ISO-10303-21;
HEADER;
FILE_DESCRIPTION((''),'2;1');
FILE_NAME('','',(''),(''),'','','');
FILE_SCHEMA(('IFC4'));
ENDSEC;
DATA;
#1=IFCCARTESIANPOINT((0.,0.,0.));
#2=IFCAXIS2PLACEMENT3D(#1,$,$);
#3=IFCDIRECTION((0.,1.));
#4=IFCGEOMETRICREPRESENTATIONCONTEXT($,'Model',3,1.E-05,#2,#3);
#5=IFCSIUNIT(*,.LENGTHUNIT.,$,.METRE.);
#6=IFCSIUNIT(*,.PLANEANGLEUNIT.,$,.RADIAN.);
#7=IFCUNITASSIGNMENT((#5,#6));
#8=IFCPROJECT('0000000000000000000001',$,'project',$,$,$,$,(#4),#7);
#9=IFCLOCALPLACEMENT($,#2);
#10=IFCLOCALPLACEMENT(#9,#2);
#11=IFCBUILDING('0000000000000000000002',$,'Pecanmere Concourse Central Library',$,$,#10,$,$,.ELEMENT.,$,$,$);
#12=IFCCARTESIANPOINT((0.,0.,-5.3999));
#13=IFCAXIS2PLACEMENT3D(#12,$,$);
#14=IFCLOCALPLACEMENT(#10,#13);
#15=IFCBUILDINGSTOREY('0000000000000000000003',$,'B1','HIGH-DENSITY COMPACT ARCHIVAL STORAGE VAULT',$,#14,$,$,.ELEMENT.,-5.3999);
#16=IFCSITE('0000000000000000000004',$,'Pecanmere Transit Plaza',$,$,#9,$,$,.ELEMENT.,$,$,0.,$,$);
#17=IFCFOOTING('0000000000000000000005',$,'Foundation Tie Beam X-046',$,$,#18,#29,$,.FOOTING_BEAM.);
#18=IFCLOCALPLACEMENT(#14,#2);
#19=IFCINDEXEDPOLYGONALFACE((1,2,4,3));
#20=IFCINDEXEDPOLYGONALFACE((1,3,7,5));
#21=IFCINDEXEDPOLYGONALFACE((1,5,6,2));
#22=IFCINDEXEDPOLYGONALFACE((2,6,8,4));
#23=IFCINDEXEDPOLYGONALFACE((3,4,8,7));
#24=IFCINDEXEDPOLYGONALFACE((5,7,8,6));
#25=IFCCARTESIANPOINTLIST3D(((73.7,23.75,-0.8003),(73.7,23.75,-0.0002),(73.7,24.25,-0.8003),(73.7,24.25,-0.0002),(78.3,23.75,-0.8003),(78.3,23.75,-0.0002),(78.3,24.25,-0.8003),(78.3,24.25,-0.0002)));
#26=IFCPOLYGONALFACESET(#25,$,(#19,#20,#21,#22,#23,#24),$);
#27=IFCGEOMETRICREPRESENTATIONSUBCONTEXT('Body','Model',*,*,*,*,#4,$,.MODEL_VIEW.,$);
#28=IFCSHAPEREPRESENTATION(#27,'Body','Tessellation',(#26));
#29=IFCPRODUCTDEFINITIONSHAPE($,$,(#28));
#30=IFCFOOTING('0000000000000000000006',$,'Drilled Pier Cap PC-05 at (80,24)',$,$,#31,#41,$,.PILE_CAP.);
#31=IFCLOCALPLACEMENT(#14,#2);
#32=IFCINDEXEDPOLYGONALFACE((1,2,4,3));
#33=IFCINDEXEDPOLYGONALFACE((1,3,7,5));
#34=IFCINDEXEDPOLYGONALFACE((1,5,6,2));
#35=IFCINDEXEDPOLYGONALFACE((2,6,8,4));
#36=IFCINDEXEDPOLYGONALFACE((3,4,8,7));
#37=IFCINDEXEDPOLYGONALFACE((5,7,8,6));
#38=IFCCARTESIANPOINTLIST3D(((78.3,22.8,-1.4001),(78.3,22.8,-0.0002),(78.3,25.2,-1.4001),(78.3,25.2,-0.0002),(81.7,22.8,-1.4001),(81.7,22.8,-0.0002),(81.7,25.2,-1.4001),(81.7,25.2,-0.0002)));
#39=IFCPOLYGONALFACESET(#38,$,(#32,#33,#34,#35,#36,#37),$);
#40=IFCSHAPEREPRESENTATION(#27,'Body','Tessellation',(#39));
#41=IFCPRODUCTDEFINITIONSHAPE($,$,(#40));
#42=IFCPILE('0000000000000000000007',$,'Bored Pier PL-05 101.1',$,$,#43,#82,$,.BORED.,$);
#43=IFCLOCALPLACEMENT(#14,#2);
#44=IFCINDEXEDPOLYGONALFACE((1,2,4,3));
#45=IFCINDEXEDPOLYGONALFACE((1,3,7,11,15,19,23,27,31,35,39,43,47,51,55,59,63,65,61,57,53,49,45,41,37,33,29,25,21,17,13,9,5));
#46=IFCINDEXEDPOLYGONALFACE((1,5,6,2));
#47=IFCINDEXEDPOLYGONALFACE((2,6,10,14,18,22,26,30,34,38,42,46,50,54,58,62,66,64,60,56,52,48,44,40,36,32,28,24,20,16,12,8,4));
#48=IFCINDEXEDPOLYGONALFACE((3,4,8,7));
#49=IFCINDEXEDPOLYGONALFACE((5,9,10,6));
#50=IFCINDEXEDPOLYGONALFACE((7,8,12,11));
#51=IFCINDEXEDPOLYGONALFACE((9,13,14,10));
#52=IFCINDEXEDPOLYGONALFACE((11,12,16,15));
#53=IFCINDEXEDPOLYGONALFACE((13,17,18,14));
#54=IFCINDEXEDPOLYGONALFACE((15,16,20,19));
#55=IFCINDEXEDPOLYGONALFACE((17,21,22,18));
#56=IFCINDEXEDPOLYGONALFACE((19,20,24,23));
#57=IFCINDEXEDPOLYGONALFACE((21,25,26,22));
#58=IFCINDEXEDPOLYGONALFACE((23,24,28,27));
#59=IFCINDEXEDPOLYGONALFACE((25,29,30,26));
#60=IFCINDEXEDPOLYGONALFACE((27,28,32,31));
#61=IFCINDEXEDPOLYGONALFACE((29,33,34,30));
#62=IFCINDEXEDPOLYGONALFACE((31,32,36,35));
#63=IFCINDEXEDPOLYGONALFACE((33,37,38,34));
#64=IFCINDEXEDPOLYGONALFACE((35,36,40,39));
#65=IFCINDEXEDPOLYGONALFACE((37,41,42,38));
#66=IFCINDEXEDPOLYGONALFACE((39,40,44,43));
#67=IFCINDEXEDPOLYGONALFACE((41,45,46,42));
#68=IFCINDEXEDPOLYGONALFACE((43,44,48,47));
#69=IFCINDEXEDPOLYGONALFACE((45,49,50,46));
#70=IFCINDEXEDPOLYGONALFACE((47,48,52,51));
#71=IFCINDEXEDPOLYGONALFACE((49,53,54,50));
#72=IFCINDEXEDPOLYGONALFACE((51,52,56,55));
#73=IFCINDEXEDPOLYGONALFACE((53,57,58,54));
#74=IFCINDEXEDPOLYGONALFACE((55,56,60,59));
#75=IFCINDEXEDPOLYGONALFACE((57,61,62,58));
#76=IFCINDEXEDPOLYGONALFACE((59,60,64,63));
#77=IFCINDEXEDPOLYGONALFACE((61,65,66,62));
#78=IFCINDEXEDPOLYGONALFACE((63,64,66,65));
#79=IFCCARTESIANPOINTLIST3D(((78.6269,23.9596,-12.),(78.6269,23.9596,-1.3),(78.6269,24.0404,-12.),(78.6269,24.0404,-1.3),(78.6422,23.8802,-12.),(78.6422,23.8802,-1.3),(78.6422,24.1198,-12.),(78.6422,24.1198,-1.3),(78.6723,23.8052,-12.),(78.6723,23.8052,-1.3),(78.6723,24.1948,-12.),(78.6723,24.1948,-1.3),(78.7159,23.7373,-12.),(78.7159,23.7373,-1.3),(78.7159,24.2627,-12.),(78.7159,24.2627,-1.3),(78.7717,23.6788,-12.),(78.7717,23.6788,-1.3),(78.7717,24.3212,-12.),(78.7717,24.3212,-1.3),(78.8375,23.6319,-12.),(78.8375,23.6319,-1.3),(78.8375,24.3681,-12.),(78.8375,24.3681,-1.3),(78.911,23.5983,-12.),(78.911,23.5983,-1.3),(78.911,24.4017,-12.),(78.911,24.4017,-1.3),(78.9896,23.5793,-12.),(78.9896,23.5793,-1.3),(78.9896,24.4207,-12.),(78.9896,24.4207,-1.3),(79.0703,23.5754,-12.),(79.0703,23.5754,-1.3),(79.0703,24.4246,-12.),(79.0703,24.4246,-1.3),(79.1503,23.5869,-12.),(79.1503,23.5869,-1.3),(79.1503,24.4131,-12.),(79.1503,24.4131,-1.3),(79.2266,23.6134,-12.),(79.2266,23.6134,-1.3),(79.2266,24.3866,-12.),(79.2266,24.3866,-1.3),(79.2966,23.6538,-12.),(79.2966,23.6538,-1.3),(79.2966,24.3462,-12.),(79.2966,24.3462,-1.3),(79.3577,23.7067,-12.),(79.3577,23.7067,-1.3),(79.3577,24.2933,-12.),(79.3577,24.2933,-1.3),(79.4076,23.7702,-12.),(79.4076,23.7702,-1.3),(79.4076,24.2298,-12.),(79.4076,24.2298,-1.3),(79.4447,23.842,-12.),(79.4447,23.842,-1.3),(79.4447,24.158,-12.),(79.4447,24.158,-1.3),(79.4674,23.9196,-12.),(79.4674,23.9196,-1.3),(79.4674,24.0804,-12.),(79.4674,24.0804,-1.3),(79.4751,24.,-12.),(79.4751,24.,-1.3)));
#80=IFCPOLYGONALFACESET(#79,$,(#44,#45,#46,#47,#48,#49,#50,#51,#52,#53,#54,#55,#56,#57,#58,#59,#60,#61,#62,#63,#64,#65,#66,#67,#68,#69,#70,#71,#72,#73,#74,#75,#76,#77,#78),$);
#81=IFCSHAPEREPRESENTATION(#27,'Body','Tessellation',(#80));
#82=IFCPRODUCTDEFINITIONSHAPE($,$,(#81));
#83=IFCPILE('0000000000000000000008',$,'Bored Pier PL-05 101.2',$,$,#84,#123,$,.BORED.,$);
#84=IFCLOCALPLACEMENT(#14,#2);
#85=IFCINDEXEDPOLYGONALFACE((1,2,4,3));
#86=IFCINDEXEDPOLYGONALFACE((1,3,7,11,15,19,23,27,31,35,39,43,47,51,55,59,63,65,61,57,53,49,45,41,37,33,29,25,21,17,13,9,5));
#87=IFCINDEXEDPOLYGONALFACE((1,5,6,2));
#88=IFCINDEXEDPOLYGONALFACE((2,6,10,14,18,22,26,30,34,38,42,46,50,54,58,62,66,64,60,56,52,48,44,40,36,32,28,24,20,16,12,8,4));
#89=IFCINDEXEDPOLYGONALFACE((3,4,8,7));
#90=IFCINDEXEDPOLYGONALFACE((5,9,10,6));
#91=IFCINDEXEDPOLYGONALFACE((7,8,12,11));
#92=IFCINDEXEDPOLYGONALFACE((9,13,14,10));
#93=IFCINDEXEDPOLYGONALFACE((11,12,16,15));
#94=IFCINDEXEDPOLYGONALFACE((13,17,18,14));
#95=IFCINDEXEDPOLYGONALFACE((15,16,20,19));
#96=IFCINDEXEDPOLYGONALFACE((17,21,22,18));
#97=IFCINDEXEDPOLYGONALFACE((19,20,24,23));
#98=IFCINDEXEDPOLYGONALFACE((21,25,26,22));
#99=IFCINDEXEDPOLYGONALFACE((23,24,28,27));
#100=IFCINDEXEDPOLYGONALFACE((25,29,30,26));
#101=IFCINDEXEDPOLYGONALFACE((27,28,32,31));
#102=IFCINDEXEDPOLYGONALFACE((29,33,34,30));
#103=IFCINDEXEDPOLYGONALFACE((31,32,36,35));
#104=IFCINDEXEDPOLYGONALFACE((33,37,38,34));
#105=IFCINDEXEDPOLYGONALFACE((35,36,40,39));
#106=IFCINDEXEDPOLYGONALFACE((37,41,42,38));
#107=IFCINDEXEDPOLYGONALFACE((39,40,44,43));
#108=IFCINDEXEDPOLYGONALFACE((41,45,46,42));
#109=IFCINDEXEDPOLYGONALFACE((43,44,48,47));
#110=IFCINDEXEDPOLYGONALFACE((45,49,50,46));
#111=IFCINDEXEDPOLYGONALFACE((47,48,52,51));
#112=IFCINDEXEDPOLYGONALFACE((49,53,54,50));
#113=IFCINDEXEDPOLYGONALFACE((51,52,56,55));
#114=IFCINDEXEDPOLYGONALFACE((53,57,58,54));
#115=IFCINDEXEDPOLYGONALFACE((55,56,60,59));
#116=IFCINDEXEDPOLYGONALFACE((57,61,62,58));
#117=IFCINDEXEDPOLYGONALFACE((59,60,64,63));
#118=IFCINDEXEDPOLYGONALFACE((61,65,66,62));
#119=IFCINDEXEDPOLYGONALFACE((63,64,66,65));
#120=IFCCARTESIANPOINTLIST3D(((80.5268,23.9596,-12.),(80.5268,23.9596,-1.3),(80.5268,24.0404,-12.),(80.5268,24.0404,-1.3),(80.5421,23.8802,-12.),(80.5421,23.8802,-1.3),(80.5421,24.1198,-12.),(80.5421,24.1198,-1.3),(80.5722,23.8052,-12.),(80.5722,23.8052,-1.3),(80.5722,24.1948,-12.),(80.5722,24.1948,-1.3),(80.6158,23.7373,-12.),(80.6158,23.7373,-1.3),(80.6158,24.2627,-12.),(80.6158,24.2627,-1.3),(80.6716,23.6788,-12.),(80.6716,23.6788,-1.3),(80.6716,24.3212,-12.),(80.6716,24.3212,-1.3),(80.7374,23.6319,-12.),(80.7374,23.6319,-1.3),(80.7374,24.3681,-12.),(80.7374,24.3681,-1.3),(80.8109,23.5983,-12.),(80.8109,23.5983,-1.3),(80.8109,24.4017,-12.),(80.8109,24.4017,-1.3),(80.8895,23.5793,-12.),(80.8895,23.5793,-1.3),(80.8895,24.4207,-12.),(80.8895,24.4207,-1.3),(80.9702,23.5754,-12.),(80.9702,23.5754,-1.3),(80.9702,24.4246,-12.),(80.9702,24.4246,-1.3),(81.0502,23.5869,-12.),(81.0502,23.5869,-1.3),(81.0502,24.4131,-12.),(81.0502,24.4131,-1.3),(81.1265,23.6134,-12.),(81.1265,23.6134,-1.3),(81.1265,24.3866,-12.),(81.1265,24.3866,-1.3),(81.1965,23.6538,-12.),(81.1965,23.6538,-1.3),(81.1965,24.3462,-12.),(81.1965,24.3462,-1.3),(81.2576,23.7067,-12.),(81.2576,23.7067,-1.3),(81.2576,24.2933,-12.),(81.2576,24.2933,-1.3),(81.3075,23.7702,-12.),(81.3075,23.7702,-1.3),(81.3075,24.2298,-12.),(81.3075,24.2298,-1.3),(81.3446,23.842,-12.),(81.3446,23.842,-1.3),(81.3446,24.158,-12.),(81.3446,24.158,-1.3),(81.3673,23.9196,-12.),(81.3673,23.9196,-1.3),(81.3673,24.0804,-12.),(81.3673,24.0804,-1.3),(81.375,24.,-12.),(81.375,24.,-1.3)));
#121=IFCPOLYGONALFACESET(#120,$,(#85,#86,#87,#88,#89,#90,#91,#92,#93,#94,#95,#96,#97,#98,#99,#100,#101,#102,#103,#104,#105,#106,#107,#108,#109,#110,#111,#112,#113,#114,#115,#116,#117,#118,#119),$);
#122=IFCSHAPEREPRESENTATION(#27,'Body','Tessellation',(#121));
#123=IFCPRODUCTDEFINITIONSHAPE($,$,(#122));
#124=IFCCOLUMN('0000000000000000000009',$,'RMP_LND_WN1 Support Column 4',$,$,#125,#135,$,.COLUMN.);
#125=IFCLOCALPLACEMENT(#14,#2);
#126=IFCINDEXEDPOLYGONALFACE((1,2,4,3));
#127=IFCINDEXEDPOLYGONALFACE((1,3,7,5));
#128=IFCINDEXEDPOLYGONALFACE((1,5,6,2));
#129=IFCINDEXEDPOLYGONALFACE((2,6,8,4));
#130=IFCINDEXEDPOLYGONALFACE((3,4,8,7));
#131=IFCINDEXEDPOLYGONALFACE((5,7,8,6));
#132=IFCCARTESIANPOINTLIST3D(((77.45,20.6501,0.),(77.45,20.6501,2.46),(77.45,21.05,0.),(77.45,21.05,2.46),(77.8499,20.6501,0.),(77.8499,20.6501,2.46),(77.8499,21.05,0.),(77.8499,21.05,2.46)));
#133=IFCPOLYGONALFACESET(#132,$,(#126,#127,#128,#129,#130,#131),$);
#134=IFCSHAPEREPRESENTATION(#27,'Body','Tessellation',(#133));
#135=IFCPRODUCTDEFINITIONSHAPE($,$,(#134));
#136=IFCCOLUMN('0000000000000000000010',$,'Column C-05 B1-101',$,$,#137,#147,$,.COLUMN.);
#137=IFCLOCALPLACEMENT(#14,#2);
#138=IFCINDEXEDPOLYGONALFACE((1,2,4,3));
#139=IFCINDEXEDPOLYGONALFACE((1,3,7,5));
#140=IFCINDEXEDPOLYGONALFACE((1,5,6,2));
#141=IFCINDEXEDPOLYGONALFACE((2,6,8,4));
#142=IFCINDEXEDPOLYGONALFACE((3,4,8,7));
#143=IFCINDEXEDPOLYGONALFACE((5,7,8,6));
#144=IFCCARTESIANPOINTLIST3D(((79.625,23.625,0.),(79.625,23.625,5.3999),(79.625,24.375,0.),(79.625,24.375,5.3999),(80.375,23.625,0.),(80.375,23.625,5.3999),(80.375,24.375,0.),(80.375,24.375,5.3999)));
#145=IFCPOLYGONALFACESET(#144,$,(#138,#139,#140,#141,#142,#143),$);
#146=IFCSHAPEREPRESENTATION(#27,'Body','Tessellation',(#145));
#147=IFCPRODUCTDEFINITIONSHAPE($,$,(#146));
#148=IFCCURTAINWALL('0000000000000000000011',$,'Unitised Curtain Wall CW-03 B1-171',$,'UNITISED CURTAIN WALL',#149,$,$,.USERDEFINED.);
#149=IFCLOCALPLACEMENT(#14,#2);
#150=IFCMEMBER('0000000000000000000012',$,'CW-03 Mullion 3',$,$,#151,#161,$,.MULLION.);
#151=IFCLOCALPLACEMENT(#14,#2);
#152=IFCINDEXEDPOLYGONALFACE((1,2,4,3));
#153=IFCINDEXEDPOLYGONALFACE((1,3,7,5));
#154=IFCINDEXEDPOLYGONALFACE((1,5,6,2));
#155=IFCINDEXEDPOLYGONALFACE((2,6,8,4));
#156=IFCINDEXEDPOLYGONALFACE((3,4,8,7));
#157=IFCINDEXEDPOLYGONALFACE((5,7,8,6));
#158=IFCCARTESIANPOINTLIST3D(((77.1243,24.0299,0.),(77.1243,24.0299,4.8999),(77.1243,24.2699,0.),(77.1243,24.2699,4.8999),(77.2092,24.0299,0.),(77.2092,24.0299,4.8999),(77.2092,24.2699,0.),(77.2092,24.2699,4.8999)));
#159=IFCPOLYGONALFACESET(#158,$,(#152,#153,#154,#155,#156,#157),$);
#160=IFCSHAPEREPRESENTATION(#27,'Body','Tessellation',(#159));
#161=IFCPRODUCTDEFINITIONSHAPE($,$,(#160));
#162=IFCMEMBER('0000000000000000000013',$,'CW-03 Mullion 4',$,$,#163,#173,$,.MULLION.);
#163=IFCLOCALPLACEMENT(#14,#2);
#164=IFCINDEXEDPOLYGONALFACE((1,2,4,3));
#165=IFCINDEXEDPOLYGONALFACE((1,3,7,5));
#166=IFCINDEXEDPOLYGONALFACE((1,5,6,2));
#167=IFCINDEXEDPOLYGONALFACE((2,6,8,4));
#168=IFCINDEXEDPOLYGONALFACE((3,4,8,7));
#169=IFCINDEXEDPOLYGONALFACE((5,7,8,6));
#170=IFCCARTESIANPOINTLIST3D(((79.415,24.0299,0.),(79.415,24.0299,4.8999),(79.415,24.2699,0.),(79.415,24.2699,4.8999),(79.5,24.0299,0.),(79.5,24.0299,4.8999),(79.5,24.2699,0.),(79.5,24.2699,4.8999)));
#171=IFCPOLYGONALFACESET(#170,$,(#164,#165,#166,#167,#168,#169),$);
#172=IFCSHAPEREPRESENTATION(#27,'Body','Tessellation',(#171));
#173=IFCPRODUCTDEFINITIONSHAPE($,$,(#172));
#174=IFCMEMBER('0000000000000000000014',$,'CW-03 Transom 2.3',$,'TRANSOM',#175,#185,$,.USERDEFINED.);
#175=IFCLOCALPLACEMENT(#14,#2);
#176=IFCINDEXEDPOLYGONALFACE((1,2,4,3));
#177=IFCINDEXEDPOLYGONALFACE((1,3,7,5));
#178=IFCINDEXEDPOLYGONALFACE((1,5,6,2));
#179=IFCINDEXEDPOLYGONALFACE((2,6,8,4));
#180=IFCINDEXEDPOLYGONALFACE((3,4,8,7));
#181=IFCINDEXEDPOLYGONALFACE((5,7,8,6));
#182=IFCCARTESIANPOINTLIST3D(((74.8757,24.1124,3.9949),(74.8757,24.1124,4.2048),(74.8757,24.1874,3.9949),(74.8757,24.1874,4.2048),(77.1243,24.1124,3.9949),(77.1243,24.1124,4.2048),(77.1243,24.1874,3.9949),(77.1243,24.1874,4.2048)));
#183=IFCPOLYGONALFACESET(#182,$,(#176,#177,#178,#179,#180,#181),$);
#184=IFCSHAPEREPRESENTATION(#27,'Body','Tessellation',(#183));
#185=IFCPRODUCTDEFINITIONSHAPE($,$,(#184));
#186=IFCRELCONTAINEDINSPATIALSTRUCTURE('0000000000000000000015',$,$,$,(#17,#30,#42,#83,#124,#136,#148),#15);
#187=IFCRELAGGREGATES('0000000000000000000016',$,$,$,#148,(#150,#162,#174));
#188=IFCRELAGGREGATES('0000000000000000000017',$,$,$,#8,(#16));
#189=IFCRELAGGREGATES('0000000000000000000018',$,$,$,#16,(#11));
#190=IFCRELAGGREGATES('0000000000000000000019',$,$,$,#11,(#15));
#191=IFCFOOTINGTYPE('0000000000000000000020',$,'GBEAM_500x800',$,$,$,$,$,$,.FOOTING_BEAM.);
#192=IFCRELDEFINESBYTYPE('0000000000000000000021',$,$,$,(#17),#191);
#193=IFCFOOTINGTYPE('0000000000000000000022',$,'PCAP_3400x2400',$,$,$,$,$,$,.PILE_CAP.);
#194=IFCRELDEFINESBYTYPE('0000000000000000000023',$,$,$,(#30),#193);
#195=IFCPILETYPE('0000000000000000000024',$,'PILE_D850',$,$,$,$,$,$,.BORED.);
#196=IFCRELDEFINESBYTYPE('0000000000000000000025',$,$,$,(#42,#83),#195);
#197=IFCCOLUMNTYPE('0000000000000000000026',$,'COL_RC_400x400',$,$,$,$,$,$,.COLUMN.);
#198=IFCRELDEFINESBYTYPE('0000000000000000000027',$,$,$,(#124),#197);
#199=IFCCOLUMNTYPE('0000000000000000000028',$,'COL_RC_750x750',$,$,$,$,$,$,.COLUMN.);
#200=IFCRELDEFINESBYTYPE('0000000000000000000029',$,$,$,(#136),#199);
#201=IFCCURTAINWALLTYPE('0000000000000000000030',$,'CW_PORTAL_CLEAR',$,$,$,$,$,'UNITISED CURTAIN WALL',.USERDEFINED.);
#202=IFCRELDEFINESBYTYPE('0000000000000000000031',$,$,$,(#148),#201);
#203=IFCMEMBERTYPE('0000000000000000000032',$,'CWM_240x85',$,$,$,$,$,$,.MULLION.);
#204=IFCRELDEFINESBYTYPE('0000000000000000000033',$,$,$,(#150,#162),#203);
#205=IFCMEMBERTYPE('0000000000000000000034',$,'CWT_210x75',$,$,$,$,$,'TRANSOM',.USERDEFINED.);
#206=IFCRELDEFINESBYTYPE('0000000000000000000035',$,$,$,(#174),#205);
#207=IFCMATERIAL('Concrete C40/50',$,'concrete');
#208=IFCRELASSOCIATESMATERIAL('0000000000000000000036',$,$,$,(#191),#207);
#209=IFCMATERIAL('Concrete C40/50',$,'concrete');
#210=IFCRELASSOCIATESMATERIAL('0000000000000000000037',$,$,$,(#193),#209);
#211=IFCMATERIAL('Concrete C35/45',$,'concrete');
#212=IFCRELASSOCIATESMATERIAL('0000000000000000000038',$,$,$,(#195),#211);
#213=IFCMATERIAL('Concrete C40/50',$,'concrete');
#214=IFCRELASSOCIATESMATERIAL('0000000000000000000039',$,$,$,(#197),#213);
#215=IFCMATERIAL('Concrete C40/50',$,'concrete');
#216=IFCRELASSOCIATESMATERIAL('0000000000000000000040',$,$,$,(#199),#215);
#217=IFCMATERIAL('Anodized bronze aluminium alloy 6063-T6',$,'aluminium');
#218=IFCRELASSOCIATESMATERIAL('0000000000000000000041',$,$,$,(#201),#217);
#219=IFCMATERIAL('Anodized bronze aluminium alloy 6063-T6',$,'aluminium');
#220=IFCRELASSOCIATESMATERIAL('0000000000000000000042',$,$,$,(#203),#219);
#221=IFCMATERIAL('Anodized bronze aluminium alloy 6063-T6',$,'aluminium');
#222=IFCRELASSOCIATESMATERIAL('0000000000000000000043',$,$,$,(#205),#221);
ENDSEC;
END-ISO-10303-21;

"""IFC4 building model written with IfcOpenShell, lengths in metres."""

from ifc_helpers import new_model, si_unit, direction, frame, origin, origin_2d, place, context, subcontext, project, spatial, rectangle, circle, extrude, material, material_profile, profile_set, type_object, element, aggregate, save


model = new_model("IFC4")

# Units and contexts
model_context = context("Model", 3, precision=1e-05, world=origin(), true_north=direction((0.0, 1.0)))
body_context = subcontext(model_context, "Body", "Model", "MODEL_VIEW")
ifc_project = project(units=[si_unit("LENGTHUNIT", "METRE"), si_unit("PLANEANGLEUNIT", "RADIAN")], contexts=[model_context])

# Site, building, storey
site_placement = place(None, origin())
site = spatial("IfcSite", under=ifc_project, at=site_placement, Name="Pecanmere Transit Plaza", CompositionType="ELEMENT", RefElevation=0.0)
building_placement = place(site_placement, origin())
building = spatial("IfcBuilding", under=site, at=building_placement, Name="Pecanmere Concourse Central Library", CompositionType="ELEMENT")
storey_placement = place(building_placement, frame((0.0, 0.0, -5.3999)))
storey = spatial("IfcBuildingStorey", under=building, at=storey_placement, Name="B1", Description="HIGH-DENSITY COMPACT ARCHIVAL STORAGE VAULT", CompositionType="ELEMENT", Elevation=-5.3999)

# Footings
ifc_material_1 = material(Name="Concrete C40/50", Category="concrete")
ifc_material_profile_1 = material_profile(ifc_material_1, rectangle(XDim=0.5, YDim=0.8, at=origin_2d()), Name="RC 500x800")
ifc_profile_set_1 = profile_set([ifc_material_profile_1], Name="Concrete C40/50")
footing_type_1 = type_object("IfcFootingType", Name="GBEAM_500x800", PredefinedType="FOOTING_BEAM", material=ifc_profile_set_1)
footing_1_placement = place(storey_placement, frame((76.0, 24.0, -0.8003), z_axis=(0.0, 0.0, 1.0), x_axis=(1.0, 0.0, 0.0)))
element("IfcFooting", 1, at=footing_1_placement, inside=storey, type_object=footing_type_1, Name="Foundation Tie Beam X-046", PredefinedType="FOOTING_BEAM", context=body_context, shape_type="SweptSolid", body=[
    extrude(rectangle(XDim=4.6001, YDim=0.5, at=origin_2d()), origin(), (0.0, 0.0, 1.0), 0.8),
])
ifc_material_2 = material(Name="Concrete C40/50", Category="concrete")
footing_type_2 = type_object("IfcFootingType", Name="PCAP_3400x2400", PredefinedType="PILE_CAP", material=ifc_material_2)
footing_2_placement = place(storey_placement, frame((80.0, 24.0, -1.4001), z_axis=(0.0, 0.0, 1.0), x_axis=(1.0, 0.0, 0.0)))
element("IfcFooting", 2, at=footing_2_placement, inside=storey, type_object=footing_type_2, Name="Drilled Pier Cap PC-05 at (80,24)", PredefinedType="PILE_CAP", context=body_context, shape_type="SweptSolid", body=[
    extrude(rectangle(XDim=3.3999, YDim=2.3999, at=origin_2d()), origin(), (0.0, 0.0, 1.0), 1.3999),
])

# Piles
ifc_material_3 = material(Name="Concrete C35/45", Category="concrete")
ifc_material_profile_2 = material_profile(ifc_material_3, circle(Radius=0.425, at=origin_2d()), Name="PIER D850")
ifc_profile_set_2 = profile_set([ifc_material_profile_2], Name="Concrete C35/45")
pile_type = type_object("IfcPileType", Name="PILE_D850", PredefinedType="BORED", material=ifc_profile_set_2)
for number, where, z_axis, x_axis, name in (
    (3, (79.05, 24.0, -1.3), (0.0, 0.0, -1.0), (1.0, 0.0, 0.0), "Bored Pier PL-05 101.1"),
    (4, (80.95, 24.0, -1.3), (0.0, 0.0, -1.0), (1.0, 0.0, 0.0), "Bored Pier PL-05 101.2"),
):
    element("IfcPile", number, at=place(storey_placement, frame(where, z_axis=z_axis, x_axis=x_axis)), inside=storey, type_object=pile_type, Name=name, PredefinedType="BORED", context=body_context, shape_type="SweptSolid", body=[
        extrude(circle(Radius=0.425, at=origin_2d()), origin(), (0.0, 0.0, 1.0), 10.7),
    ])

# Columns
ifc_material_4 = material(Name="Concrete C40/50", Category="concrete")
ifc_material_profile_3 = material_profile(ifc_material_4, rectangle(XDim=0.3999, YDim=0.3999, at=origin_2d()), Name="RC 400x400")
ifc_profile_set_3 = profile_set([ifc_material_profile_3], Name="Concrete C40/50")
column_type_1 = type_object("IfcColumnType", Name="COL_RC_400x400", PredefinedType="COLUMN", material=ifc_profile_set_3)
column_1_placement = place(storey_placement, frame((77.6499, 20.8501, 0.0), z_axis=(0.0, 0.0, 1.0), x_axis=(1.0, 0.0, 0.0)))
element("IfcColumn", 5, at=column_1_placement, inside=storey, type_object=column_type_1, Name="RMP_LND_WN1 Support Column 4", PredefinedType="COLUMN", context=body_context, shape_type="SweptSolid", body=[
    extrude(rectangle(XDim=0.3999, YDim=0.3999, at=origin_2d()), origin(), (0.0, 0.0, 1.0), 2.46),
])
ifc_material_5 = material(Name="Concrete C40/50", Category="concrete")
ifc_material_profile_4 = material_profile(ifc_material_5, rectangle(XDim=0.75, YDim=0.75, at=origin_2d()), Name="RC 750x750")
ifc_profile_set_4 = profile_set([ifc_material_profile_4], Name="Concrete C40/50")
column_type_2 = type_object("IfcColumnType", Name="COL_RC_750x750", PredefinedType="COLUMN", material=ifc_profile_set_4)
column_2_placement = place(storey_placement, frame((80.0, 24.0, 0.0), z_axis=(0.0, 0.0, 1.0), x_axis=(1.0, 0.0, 0.0)))
element("IfcColumn", 6, at=column_2_placement, inside=storey, type_object=column_type_2, Name="Column C-05 B1-101", PredefinedType="COLUMN", context=body_context, shape_type="SweptSolid", body=[
    extrude(rectangle(XDim=0.75, YDim=0.75, at=origin_2d()), origin(), (0.0, 0.0, 1.0), 5.3999),
])

# Curtain wall, members
ifc_material_6 = material(Name="Anodized bronze aluminium alloy 6063-T6", Category="aluminium")
curtain_wall_type = type_object("IfcCurtainWallType", Name="CW_PORTAL_CLEAR", ElementType="UNITISED CURTAIN WALL", PredefinedType="USERDEFINED", material=ifc_material_6)
curtain_wall_placement = place(storey_placement, origin())
curtain_wall = element("IfcCurtainWall", 7, at=curtain_wall_placement, inside=storey, type_object=curtain_wall_type, Name="Unitised Curtain Wall CW-03 B1-171", ObjectType="UNITISED CURTAIN WALL", PredefinedType="USERDEFINED")
ifc_material_7 = material(Name="Anodized bronze aluminium alloy 6063-T6", Category="aluminium")
ifc_material_profile_5 = material_profile(ifc_material_7, rectangle(XDim=0.085, YDim=0.24, at=origin_2d()), Name="AL 85x240")
ifc_profile_set_5 = profile_set([ifc_material_profile_5], Name="Anodized bronze aluminium alloy 6063-T6")
member_type_1 = type_object("IfcMemberType", Name="CWM_240x85", PredefinedType="MULLION", material=ifc_profile_set_5)
member_1_placement = place(storey_placement, frame((77.1667, 24.1499, 0.0), z_axis=(0.0, 0.0, 1.0), x_axis=(1.0, 0.0, 0.0)))
member_1 = element("IfcMember", 8, at=member_1_placement, type_object=member_type_1, Name="CW-03 Mullion 3", PredefinedType="MULLION", context=body_context, shape_type="SweptSolid", body=[
    extrude(rectangle(XDim=0.085, YDim=0.24, at=origin_2d()), origin(), (0.0, 0.0, 1.0), 4.8999),
])
member_2_placement = place(storey_placement, frame((79.4575, 24.1499, 0.0), z_axis=(0.0, 0.0, 1.0), x_axis=(1.0, 0.0, 0.0)))
member_2 = element("IfcMember", 9, at=member_2_placement, type_object=member_type_1, Name="CW-03 Mullion 4", PredefinedType="MULLION", context=body_context, shape_type="SweptSolid", body=[
    extrude(rectangle(XDim=0.085, YDim=0.24, at=origin_2d()), origin(), (0.0, 0.0, 1.0), 4.8999),
])
ifc_material_8 = material(Name="Anodized bronze aluminium alloy 6063-T6", Category="aluminium")
ifc_material_profile_6 = material_profile(ifc_material_8, rectangle(XDim=0.075, YDim=0.21, at=origin_2d()), Name="AL 75x210")
ifc_profile_set_6 = profile_set([ifc_material_profile_6], Name="Anodized bronze aluminium alloy 6063-T6")
member_type_2 = type_object("IfcMemberType", Name="CWT_210x75", ElementType="TRANSOM", PredefinedType="USERDEFINED", material=ifc_profile_set_6)
member_3_placement = place(storey_placement, frame((74.8757, 24.1499, 4.0999), z_axis=(1.0, 0.0, 0.0), x_axis=(0.0, 1.0, 0.0)))
member_3 = element("IfcMember", 10, at=member_3_placement, type_object=member_type_2, Name="CW-03 Transom 2.3", ObjectType="TRANSOM", PredefinedType="USERDEFINED", context=body_context, shape_type="SweptSolid", body=[
    extrude(rectangle(XDim=0.075, YDim=0.21, at=origin_2d()), origin(), (0.0, 0.0, 1.0), 2.2485),
])

aggregate(curtain_wall, [member_1, member_2, member_3])

save(model, "model.ifc")
